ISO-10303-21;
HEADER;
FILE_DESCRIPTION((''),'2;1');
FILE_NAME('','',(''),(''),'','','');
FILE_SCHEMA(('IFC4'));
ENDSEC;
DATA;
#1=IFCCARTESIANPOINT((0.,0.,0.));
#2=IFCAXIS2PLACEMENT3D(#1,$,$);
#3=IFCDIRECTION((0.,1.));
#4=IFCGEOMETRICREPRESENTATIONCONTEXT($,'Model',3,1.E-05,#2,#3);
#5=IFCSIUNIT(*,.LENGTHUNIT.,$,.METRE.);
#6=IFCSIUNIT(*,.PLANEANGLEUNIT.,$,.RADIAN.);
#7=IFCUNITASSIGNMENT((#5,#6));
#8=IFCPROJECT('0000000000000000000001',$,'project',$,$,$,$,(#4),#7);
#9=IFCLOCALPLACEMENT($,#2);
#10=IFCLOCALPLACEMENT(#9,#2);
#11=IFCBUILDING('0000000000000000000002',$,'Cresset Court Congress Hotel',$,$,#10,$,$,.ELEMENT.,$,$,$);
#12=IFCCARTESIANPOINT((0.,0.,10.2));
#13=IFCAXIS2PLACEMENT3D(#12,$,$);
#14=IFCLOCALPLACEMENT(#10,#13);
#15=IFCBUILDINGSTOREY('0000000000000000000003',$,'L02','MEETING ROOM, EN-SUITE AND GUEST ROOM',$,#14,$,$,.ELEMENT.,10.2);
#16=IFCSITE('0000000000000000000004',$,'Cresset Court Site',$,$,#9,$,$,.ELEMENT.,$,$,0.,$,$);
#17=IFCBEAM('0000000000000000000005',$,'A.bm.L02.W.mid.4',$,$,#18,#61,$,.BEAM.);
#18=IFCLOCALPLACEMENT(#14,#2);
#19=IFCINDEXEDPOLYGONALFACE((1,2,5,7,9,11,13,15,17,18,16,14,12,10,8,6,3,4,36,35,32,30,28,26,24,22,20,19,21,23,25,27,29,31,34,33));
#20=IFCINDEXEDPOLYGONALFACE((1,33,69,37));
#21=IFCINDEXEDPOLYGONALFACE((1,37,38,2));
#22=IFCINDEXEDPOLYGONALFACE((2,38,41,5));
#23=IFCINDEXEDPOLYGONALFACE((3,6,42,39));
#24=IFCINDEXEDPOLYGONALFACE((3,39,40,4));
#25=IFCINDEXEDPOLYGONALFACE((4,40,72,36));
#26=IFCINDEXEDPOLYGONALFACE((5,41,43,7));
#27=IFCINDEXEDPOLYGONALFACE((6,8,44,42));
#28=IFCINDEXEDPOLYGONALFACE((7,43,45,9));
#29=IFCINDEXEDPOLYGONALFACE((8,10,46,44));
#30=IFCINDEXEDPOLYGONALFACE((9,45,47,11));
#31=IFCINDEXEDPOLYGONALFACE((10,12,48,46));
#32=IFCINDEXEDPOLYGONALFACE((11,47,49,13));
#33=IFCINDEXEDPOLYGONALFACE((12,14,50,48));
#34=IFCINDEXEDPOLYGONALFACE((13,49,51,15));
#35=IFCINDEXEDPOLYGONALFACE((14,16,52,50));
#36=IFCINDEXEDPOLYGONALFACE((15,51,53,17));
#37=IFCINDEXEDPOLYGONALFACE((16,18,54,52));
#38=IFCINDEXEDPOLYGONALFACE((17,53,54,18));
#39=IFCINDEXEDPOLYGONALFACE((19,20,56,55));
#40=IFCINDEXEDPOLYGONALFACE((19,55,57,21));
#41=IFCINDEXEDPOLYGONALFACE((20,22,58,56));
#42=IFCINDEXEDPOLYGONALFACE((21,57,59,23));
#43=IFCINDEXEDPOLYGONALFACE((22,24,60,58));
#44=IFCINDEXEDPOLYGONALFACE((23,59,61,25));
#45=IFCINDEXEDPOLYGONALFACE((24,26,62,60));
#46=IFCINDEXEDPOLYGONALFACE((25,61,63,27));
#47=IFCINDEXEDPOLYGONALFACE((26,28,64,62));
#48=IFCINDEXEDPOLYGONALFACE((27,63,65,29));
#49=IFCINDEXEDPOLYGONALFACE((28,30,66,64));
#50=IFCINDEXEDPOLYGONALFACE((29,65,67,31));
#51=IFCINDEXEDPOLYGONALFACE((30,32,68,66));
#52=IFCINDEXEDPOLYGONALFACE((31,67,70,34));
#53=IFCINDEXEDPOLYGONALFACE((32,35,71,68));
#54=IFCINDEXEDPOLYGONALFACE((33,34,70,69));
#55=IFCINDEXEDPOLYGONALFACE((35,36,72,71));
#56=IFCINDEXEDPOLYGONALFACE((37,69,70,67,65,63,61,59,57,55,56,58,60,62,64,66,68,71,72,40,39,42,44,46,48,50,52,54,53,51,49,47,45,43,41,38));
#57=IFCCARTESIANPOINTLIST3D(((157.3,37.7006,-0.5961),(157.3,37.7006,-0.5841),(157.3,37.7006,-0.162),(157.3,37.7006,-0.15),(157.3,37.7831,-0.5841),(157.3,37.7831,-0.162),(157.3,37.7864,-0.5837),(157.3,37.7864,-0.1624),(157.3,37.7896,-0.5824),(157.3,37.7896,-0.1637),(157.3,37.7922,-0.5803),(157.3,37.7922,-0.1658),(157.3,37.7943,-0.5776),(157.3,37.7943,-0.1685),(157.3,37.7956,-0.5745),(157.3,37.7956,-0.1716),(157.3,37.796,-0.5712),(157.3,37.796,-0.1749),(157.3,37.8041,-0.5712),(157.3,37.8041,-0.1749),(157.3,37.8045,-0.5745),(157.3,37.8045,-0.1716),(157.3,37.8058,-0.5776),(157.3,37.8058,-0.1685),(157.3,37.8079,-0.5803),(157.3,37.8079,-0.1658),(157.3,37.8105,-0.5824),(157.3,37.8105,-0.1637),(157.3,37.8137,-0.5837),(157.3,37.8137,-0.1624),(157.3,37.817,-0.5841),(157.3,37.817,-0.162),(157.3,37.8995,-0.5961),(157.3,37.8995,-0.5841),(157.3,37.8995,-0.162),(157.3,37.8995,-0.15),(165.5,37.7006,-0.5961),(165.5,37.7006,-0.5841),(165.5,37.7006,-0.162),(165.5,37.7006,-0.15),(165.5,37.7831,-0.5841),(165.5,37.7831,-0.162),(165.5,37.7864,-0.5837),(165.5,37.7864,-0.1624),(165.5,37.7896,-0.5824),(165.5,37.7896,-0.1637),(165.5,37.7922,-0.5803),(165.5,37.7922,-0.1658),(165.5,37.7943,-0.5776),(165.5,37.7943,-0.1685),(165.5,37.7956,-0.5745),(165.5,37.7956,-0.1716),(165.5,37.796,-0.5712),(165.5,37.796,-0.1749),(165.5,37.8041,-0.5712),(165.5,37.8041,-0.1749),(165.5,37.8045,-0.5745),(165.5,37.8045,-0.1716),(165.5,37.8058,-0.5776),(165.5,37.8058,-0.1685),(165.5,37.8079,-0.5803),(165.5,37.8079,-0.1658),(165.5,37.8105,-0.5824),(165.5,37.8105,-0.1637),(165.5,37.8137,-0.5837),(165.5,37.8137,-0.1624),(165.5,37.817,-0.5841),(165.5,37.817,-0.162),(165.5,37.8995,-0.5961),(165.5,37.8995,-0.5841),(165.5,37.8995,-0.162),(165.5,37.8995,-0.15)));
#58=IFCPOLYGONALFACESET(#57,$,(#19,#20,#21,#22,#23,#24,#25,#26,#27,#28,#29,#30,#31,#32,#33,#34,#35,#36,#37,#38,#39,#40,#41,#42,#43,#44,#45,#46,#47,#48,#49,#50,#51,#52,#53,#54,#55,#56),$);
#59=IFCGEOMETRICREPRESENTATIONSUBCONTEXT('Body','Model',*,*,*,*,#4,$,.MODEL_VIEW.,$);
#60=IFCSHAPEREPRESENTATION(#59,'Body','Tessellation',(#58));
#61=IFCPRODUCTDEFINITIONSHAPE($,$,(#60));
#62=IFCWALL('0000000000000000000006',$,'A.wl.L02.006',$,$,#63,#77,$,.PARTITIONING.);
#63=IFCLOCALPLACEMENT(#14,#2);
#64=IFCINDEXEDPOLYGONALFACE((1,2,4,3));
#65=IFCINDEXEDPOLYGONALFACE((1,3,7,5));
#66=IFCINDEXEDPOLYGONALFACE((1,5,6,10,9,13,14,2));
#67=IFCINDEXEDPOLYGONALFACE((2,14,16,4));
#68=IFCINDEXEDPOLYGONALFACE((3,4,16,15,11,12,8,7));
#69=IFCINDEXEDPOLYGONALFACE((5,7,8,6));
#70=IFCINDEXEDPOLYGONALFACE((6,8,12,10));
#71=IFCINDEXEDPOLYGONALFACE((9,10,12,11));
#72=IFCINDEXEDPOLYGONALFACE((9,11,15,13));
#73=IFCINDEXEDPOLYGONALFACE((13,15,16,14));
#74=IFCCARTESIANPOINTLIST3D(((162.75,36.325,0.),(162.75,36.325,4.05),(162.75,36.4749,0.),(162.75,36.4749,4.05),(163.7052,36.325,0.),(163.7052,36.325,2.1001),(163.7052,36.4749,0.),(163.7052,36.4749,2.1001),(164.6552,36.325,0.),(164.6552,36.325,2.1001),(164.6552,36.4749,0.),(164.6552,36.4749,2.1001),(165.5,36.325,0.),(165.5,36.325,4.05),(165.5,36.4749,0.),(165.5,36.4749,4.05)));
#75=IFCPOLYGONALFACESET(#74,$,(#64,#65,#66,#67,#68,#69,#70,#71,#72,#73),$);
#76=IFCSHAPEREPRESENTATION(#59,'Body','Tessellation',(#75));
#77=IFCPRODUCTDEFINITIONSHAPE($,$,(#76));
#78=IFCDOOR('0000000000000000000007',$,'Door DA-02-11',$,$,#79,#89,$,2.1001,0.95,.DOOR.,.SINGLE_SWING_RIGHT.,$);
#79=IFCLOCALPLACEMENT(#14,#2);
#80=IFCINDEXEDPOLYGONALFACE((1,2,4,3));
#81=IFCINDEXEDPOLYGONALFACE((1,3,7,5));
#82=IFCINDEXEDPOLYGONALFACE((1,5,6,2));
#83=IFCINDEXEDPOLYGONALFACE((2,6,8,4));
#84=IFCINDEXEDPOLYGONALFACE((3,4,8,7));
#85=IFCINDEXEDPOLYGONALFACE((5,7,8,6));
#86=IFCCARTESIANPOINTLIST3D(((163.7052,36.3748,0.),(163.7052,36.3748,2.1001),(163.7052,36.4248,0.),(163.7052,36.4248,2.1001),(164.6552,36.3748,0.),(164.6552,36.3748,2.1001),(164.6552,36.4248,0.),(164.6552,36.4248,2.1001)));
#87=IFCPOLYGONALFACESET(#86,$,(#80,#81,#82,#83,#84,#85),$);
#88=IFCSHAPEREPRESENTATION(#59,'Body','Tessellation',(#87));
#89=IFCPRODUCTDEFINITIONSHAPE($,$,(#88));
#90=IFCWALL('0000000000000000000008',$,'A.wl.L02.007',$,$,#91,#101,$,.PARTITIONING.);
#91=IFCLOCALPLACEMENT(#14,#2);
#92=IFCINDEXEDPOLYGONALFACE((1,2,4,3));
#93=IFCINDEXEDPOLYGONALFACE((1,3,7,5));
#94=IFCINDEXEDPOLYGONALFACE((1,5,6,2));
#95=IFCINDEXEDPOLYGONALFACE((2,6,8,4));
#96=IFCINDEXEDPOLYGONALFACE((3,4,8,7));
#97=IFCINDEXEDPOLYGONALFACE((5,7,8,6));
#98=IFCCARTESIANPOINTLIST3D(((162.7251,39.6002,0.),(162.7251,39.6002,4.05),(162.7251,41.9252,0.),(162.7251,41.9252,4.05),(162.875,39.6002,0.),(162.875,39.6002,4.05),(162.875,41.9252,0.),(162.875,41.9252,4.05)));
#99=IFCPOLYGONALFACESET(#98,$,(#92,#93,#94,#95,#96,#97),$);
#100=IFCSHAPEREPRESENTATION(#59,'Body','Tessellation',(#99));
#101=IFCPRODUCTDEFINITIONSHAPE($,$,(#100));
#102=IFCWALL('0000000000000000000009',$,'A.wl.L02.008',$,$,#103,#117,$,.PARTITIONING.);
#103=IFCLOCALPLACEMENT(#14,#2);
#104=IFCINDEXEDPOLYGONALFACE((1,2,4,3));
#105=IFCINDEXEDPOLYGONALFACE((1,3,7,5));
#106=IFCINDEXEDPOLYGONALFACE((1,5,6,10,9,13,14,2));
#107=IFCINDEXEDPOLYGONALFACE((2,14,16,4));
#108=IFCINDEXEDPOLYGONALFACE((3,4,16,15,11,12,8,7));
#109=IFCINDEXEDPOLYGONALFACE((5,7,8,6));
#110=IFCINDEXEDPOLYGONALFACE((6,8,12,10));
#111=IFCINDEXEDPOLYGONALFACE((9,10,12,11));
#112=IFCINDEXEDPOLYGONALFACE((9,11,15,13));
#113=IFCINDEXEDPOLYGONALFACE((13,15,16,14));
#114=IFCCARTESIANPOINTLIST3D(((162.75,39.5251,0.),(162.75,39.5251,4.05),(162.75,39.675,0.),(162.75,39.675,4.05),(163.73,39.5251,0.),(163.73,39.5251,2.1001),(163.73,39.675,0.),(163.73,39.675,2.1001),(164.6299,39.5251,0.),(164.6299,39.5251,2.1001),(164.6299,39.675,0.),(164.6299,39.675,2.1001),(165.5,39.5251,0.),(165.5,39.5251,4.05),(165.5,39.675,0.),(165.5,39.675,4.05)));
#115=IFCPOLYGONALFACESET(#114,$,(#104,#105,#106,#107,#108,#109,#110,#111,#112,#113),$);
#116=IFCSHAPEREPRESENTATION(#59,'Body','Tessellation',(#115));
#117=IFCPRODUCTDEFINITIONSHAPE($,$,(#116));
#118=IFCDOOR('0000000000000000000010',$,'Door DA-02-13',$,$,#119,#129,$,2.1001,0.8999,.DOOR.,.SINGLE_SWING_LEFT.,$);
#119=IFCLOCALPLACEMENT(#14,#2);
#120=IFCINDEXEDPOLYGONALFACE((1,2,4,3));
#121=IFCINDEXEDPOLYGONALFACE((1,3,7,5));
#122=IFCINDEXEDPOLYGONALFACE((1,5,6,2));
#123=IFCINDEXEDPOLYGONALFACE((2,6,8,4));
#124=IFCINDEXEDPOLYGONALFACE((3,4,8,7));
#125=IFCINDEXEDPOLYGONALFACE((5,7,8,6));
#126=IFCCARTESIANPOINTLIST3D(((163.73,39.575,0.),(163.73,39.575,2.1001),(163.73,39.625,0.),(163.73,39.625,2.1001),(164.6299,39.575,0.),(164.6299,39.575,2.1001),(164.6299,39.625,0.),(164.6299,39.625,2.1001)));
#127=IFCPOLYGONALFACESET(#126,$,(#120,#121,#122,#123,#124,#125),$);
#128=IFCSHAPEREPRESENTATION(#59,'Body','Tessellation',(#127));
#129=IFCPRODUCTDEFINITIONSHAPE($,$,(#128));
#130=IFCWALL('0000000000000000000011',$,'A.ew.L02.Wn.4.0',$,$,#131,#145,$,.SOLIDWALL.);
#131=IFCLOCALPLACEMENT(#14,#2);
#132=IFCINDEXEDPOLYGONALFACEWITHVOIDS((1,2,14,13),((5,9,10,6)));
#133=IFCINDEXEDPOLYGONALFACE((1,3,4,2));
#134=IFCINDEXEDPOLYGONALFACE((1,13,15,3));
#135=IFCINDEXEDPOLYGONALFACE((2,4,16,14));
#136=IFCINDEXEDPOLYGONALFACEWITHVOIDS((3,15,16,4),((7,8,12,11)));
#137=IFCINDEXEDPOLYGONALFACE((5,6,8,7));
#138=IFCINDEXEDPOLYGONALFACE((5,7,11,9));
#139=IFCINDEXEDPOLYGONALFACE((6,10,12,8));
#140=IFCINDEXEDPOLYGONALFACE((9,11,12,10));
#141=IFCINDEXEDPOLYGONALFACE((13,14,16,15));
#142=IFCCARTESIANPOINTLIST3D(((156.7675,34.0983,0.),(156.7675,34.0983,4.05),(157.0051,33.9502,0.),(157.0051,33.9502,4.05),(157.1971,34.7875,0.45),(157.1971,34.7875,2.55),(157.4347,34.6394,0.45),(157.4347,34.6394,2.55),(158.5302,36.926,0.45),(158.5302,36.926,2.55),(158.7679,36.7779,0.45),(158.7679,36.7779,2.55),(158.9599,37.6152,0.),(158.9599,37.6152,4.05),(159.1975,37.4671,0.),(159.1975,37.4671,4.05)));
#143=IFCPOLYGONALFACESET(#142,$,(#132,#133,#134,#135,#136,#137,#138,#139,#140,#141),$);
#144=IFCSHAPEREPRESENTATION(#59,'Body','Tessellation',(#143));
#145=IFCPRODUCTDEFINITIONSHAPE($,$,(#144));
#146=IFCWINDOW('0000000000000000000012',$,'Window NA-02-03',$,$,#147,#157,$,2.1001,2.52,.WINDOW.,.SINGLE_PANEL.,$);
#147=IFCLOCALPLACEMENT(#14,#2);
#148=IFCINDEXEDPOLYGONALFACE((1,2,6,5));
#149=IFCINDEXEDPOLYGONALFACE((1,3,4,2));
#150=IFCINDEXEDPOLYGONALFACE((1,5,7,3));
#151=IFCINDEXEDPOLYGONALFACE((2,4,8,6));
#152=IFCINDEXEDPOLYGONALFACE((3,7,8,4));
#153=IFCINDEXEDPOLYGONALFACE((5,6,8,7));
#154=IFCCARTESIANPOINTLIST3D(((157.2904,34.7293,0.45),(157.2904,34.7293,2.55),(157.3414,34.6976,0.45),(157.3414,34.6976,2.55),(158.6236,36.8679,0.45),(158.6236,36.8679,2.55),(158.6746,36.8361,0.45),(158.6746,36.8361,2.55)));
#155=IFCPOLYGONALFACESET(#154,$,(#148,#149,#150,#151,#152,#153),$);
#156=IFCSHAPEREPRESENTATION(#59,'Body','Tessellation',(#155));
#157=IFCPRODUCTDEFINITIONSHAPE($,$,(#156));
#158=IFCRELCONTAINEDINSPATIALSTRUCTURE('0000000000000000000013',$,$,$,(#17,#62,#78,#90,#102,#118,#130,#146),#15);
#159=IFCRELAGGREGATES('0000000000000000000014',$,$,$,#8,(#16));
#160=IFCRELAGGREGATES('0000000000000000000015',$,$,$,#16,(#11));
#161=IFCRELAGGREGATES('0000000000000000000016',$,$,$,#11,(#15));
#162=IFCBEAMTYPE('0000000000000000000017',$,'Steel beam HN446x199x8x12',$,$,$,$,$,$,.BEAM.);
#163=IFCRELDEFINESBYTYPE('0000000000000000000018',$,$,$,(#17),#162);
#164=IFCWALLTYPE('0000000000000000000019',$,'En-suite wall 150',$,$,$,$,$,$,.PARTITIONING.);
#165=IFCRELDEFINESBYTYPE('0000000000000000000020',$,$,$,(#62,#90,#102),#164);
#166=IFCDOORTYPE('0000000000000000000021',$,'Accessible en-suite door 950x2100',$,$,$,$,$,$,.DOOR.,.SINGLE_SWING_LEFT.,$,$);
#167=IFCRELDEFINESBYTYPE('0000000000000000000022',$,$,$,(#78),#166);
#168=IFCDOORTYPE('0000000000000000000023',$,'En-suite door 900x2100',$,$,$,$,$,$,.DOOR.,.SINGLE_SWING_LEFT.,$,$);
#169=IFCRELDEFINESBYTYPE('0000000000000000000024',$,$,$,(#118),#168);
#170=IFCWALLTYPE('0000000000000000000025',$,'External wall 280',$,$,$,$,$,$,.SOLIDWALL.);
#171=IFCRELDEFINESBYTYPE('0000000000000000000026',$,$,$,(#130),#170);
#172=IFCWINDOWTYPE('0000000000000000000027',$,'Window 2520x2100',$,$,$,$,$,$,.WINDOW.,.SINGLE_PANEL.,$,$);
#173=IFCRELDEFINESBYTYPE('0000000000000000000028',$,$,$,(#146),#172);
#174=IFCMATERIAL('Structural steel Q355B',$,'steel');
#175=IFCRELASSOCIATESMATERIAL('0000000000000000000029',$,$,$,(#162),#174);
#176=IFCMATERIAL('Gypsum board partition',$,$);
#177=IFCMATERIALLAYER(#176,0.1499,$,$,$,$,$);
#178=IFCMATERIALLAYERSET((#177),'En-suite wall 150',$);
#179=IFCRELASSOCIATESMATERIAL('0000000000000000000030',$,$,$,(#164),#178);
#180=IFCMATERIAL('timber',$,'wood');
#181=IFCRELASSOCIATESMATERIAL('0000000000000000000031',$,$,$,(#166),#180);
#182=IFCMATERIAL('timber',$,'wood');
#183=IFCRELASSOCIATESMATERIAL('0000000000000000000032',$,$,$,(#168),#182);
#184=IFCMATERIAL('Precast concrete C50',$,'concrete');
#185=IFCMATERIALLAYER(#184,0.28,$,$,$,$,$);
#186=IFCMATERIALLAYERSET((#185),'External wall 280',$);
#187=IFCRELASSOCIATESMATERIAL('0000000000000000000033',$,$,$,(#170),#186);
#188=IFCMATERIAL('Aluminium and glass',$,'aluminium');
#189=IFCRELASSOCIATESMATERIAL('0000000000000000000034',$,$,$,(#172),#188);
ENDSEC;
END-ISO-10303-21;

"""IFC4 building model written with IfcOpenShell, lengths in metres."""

from ifc_helpers import new_model, si_unit, direction, frame, frame_2d, origin, origin_2d, place, context, subcontext, project, spatial, rectangle, i_section, extrude, material, layer, layer_set, material_profile, profile_set, type_object, element, fill, save


model = new_model("IFC4")

# Units and contexts
model_context = context("Model", 3, precision=1e-05, world=origin(), true_north=direction((0.0, 1.0)))
body_context = subcontext(model_context, "Body", "Model", "MODEL_VIEW")
ifc_project = project(units=[si_unit("LENGTHUNIT", "METRE"), si_unit("PLANEANGLEUNIT", "RADIAN")], contexts=[model_context])

# Site, building, storey
site_placement = place(None, origin())
site = spatial("IfcSite", under=ifc_project, at=site_placement, Name="Cresset Court Site", CompositionType="ELEMENT", RefElevation=0.0)
building_placement = place(site_placement, origin())
building = spatial("IfcBuilding", under=site, at=building_placement, Name="Cresset Court Congress Hotel", CompositionType="ELEMENT")
storey_placement = place(building_placement, frame((0.0, 0.0, 10.2)))
storey = spatial("IfcBuildingStorey", under=building, at=storey_placement, Name="L02", Description="MEETING ROOM, EN-SUITE AND GUEST ROOM", CompositionType="ELEMENT", Elevation=10.2)

# Beam
ifc_material_1 = material(Name="Structural steel Q355B", Category="steel")
ifc_material_profile = material_profile(ifc_material_1, i_section(OverallWidth=0.199, OverallDepth=0.446, WebThickness=0.0081, FlangeThickness=0.012, FilletRadius=0.0129, at=origin_2d()), Name="HN446x199x8x12")
ifc_profile_set = profile_set([ifc_material_profile], Name="Structural steel Q355B")
beam_type = type_object("IfcBeamType", Name="Steel beam HN446x199x8x12", PredefinedType="BEAM", material=ifc_profile_set)
beam_placement = place(storey_placement, frame((157.3, 37.8, -0.373), z_axis=(1.0, 0.0, 0.0), x_axis=(0.0, 1.0, 0.0)))
element("IfcBeam", 1, at=beam_placement, inside=storey, type_object=beam_type, Name="A.bm.L02.W.mid.4", PredefinedType="BEAM", context=body_context, shape_type="SweptSolid", body=[
    extrude(i_section(OverallWidth=0.199, OverallDepth=0.446, WebThickness=0.0081, FlangeThickness=0.012, FilletRadius=0.0129, at=origin_2d()), origin(), (0.0, 0.0, 1.0), 8.2),
])

# Wall, opening, door
ifc_material_2 = material(Name="Gypsum board partition")
ifc_layer_1 = layer(ifc_material_2, 0.1499)
ifc_layer_set_1 = layer_set([ifc_layer_1], Name="En-suite wall 150")
wall_type_1 = type_object("IfcWallType", Name="En-suite wall 150", PredefinedType="PARTITIONING", material=ifc_layer_set_1)
wall_1_placement = place(storey_placement, frame((162.75, 36.3999, 0.0), z_axis=(0.0, 0.0, 1.0), x_axis=(1.0, 0.0, 0.0)))
wall_1 = element("IfcWall", 2, at=wall_1_placement, inside=storey, type_object=wall_type_1, Name="A.wl.L02.006", PredefinedType="PARTITIONING", context=body_context, shape_type="SweptSolid", body=[
    extrude(rectangle(XDim=2.75, YDim=0.1499, at=frame_2d((1.375, 0.0))), origin(), (0.0, 0.0, 1.0), 4.05),
])
opening_1_placement = place(wall_1_placement, frame((0.9551, 0.0, 0.0)))
opening_1 = element("IfcOpeningElement", 3, at=opening_1_placement, cuts=wall_1, PredefinedType="OPENING", context=body_context, shape_type="SweptSolid", body=[
    extrude(rectangle(XDim=0.95, YDim=2.1001, at=frame_2d((0.4751, 1.05))), frame((0.0, 0.085, 0.0), z_axis=(0.0, -1.0, 0.0), x_axis=(1.0, 0.0, 0.0)), (0.0, 0.0, 1.0), 0.1699),
])
ifc_material_3 = material(Name="timber", Category="wood")
door_type_1 = type_object("IfcDoorType", Name="Accessible en-suite door 950x2100", OperationType="SINGLE_SWING_LEFT", PredefinedType="DOOR", material=ifc_material_3)
door_1_placement = place(opening_1_placement, origin())
door_1 = element("IfcDoor", 4, at=door_1_placement, inside=storey, type_object=door_type_1, Name="Door DA-02-11", OperationType="SINGLE_SWING_RIGHT", OverallHeight=2.1001, OverallWidth=0.95, PredefinedType="DOOR", context=body_context, shape_type="SweptSolid", body=[
    extrude(rectangle(XDim=0.95, YDim=2.1001, at=frame_2d((0.4751, 1.05))), frame((0.0, 0.0249, 0.0), z_axis=(0.0, -1.0, 0.0), x_axis=(1.0, 0.0, 0.0)), (0.0, 0.0, 1.0), 0.05),
])
fill(opening_1, door_1)

# Wall
wall_2_placement = place(storey_placement, frame((162.8, 39.6001, 0.0), z_axis=(0.0, 0.0, 1.0), x_axis=(0.0, 1.0, 0.0)))
element("IfcWall", 5, at=wall_2_placement, inside=storey, type_object=wall_type_1, Name="A.wl.L02.007", PredefinedType="PARTITIONING", context=body_context, shape_type="SweptSolid", body=[
    extrude(rectangle(XDim=2.325, YDim=0.1499, at=frame_2d((1.1626, 0.0))), origin(), (0.0, 0.0, 1.0), 4.05),
])

# Wall, opening, door
wall_3_placement = place(storey_placement, frame((162.75, 39.6001, 0.0), z_axis=(0.0, 0.0, 1.0), x_axis=(1.0, 0.0, 0.0)))
wall_3 = element("IfcWall", 6, at=wall_3_placement, inside=storey, type_object=wall_type_1, Name="A.wl.L02.008", PredefinedType="PARTITIONING", context=body_context, shape_type="SweptSolid", body=[
    extrude(rectangle(XDim=2.75, YDim=0.1499, at=frame_2d((1.375, 0.0))), origin(), (0.0, 0.0, 1.0), 4.05),
])
opening_2_placement = place(wall_3_placement, frame((0.98, 0.0, 0.0)))
opening_2 = element("IfcOpeningElement", 7, at=opening_2_placement, cuts=wall_3, PredefinedType="OPENING", context=body_context, shape_type="SweptSolid", body=[
    extrude(rectangle(XDim=0.8999, YDim=2.1001, at=frame_2d((0.45, 1.05))), frame((0.0, 0.085, 0.0), z_axis=(0.0, -1.0, 0.0), x_axis=(1.0, 0.0, 0.0)), (0.0, 0.0, 1.0), 0.1699),
])
ifc_material_4 = material(Name="timber", Category="wood")
door_type_2 = type_object("IfcDoorType", Name="En-suite door 900x2100", OperationType="SINGLE_SWING_LEFT", PredefinedType="DOOR", material=ifc_material_4)
door_2_placement = place(opening_2_placement, origin())
door_2 = element("IfcDoor", 8, at=door_2_placement, inside=storey, type_object=door_type_2, Name="Door DA-02-13", OperationType="SINGLE_SWING_LEFT", OverallHeight=2.1001, OverallWidth=0.8999, PredefinedType="DOOR", context=body_context, shape_type="SweptSolid", body=[
    extrude(rectangle(XDim=0.8999, YDim=2.1001, at=frame_2d((0.45, 1.05))), frame((0.0, 0.0249, 0.0), z_axis=(0.0, -1.0, 0.0), x_axis=(1.0, 0.0, 0.0)), (0.0, 0.0, 1.0), 0.05),
])
fill(opening_2, door_2)

# Wall, opening, window
ifc_material_5 = material(Name="Precast concrete C50", Category="concrete")
ifc_layer_2 = layer(ifc_material_5, 0.28)
ifc_layer_set_2 = layer_set([ifc_layer_2], Name="External wall 280")
wall_type_2 = type_object("IfcWallType", Name="External wall 280", PredefinedType="SOLIDWALL", material=ifc_layer_set_2)
wall_4_placement = place(storey_placement, frame((156.8862, 34.0242, 0.0), z_axis=(0.0, 0.0, 1.0), x_axis=(0.529019, 0.84861, 0.0)))
wall_4 = element("IfcWall", 9, at=wall_4_placement, inside=storey, type_object=wall_type_2, Name="A.ew.L02.Wn.4.0", PredefinedType="SOLIDWALL", context=body_context, shape_type="SweptSolid", body=[
    extrude(rectangle(XDim=4.1443, YDim=0.28, at=frame_2d((2.0723, 0.0))), origin(), (0.0, 0.0, 1.0), 4.05),
])
opening_3_placement = place(wall_4_placement, frame((0.8123, 0.0, 0.45)))
opening_3 = element("IfcOpeningElement", 10, at=opening_3_placement, cuts=wall_4, PredefinedType="OPENING", context=body_context, shape_type="SweptSolid", body=[
    extrude(rectangle(XDim=2.52, YDim=2.1001, at=frame_2d((1.26, 1.05))), frame((0.0, 0.1499, 0.0), z_axis=(0.0, -1.0, 0.0), x_axis=(1.0, 0.0, 0.0)), (0.0, 0.0, 1.0), 0.3),
])
ifc_material_6 = material(Name="Aluminium and glass", Category="aluminium")
window_type_1 = type_object("IfcWindowType", Name="Window 2520x2100", PartitioningType="SINGLE_PANEL", PredefinedType="WINDOW", material=ifc_material_6)
window_1_placement = place(opening_3_placement, origin())
window_1 = element("IfcWindow", 11, at=window_1_placement, inside=storey, type_object=window_type_1, Name="Window NA-02-03", OverallHeight=2.1001, OverallWidth=2.52, PartitioningType="SINGLE_PANEL", PredefinedType="WINDOW", context=body_context, shape_type="SweptSolid", body=[
    extrude(rectangle(XDim=2.52, YDim=2.1001, at=frame_2d((1.26, 1.05))), frame((0.0, 0.03, 0.0), z_axis=(0.0, -1.0, 0.0), x_axis=(1.0, 0.0, 0.0)), (0.0, 0.0, 1.0), 0.0601),
])
fill(opening_3, window_1)

save(model, "model.ifc")
